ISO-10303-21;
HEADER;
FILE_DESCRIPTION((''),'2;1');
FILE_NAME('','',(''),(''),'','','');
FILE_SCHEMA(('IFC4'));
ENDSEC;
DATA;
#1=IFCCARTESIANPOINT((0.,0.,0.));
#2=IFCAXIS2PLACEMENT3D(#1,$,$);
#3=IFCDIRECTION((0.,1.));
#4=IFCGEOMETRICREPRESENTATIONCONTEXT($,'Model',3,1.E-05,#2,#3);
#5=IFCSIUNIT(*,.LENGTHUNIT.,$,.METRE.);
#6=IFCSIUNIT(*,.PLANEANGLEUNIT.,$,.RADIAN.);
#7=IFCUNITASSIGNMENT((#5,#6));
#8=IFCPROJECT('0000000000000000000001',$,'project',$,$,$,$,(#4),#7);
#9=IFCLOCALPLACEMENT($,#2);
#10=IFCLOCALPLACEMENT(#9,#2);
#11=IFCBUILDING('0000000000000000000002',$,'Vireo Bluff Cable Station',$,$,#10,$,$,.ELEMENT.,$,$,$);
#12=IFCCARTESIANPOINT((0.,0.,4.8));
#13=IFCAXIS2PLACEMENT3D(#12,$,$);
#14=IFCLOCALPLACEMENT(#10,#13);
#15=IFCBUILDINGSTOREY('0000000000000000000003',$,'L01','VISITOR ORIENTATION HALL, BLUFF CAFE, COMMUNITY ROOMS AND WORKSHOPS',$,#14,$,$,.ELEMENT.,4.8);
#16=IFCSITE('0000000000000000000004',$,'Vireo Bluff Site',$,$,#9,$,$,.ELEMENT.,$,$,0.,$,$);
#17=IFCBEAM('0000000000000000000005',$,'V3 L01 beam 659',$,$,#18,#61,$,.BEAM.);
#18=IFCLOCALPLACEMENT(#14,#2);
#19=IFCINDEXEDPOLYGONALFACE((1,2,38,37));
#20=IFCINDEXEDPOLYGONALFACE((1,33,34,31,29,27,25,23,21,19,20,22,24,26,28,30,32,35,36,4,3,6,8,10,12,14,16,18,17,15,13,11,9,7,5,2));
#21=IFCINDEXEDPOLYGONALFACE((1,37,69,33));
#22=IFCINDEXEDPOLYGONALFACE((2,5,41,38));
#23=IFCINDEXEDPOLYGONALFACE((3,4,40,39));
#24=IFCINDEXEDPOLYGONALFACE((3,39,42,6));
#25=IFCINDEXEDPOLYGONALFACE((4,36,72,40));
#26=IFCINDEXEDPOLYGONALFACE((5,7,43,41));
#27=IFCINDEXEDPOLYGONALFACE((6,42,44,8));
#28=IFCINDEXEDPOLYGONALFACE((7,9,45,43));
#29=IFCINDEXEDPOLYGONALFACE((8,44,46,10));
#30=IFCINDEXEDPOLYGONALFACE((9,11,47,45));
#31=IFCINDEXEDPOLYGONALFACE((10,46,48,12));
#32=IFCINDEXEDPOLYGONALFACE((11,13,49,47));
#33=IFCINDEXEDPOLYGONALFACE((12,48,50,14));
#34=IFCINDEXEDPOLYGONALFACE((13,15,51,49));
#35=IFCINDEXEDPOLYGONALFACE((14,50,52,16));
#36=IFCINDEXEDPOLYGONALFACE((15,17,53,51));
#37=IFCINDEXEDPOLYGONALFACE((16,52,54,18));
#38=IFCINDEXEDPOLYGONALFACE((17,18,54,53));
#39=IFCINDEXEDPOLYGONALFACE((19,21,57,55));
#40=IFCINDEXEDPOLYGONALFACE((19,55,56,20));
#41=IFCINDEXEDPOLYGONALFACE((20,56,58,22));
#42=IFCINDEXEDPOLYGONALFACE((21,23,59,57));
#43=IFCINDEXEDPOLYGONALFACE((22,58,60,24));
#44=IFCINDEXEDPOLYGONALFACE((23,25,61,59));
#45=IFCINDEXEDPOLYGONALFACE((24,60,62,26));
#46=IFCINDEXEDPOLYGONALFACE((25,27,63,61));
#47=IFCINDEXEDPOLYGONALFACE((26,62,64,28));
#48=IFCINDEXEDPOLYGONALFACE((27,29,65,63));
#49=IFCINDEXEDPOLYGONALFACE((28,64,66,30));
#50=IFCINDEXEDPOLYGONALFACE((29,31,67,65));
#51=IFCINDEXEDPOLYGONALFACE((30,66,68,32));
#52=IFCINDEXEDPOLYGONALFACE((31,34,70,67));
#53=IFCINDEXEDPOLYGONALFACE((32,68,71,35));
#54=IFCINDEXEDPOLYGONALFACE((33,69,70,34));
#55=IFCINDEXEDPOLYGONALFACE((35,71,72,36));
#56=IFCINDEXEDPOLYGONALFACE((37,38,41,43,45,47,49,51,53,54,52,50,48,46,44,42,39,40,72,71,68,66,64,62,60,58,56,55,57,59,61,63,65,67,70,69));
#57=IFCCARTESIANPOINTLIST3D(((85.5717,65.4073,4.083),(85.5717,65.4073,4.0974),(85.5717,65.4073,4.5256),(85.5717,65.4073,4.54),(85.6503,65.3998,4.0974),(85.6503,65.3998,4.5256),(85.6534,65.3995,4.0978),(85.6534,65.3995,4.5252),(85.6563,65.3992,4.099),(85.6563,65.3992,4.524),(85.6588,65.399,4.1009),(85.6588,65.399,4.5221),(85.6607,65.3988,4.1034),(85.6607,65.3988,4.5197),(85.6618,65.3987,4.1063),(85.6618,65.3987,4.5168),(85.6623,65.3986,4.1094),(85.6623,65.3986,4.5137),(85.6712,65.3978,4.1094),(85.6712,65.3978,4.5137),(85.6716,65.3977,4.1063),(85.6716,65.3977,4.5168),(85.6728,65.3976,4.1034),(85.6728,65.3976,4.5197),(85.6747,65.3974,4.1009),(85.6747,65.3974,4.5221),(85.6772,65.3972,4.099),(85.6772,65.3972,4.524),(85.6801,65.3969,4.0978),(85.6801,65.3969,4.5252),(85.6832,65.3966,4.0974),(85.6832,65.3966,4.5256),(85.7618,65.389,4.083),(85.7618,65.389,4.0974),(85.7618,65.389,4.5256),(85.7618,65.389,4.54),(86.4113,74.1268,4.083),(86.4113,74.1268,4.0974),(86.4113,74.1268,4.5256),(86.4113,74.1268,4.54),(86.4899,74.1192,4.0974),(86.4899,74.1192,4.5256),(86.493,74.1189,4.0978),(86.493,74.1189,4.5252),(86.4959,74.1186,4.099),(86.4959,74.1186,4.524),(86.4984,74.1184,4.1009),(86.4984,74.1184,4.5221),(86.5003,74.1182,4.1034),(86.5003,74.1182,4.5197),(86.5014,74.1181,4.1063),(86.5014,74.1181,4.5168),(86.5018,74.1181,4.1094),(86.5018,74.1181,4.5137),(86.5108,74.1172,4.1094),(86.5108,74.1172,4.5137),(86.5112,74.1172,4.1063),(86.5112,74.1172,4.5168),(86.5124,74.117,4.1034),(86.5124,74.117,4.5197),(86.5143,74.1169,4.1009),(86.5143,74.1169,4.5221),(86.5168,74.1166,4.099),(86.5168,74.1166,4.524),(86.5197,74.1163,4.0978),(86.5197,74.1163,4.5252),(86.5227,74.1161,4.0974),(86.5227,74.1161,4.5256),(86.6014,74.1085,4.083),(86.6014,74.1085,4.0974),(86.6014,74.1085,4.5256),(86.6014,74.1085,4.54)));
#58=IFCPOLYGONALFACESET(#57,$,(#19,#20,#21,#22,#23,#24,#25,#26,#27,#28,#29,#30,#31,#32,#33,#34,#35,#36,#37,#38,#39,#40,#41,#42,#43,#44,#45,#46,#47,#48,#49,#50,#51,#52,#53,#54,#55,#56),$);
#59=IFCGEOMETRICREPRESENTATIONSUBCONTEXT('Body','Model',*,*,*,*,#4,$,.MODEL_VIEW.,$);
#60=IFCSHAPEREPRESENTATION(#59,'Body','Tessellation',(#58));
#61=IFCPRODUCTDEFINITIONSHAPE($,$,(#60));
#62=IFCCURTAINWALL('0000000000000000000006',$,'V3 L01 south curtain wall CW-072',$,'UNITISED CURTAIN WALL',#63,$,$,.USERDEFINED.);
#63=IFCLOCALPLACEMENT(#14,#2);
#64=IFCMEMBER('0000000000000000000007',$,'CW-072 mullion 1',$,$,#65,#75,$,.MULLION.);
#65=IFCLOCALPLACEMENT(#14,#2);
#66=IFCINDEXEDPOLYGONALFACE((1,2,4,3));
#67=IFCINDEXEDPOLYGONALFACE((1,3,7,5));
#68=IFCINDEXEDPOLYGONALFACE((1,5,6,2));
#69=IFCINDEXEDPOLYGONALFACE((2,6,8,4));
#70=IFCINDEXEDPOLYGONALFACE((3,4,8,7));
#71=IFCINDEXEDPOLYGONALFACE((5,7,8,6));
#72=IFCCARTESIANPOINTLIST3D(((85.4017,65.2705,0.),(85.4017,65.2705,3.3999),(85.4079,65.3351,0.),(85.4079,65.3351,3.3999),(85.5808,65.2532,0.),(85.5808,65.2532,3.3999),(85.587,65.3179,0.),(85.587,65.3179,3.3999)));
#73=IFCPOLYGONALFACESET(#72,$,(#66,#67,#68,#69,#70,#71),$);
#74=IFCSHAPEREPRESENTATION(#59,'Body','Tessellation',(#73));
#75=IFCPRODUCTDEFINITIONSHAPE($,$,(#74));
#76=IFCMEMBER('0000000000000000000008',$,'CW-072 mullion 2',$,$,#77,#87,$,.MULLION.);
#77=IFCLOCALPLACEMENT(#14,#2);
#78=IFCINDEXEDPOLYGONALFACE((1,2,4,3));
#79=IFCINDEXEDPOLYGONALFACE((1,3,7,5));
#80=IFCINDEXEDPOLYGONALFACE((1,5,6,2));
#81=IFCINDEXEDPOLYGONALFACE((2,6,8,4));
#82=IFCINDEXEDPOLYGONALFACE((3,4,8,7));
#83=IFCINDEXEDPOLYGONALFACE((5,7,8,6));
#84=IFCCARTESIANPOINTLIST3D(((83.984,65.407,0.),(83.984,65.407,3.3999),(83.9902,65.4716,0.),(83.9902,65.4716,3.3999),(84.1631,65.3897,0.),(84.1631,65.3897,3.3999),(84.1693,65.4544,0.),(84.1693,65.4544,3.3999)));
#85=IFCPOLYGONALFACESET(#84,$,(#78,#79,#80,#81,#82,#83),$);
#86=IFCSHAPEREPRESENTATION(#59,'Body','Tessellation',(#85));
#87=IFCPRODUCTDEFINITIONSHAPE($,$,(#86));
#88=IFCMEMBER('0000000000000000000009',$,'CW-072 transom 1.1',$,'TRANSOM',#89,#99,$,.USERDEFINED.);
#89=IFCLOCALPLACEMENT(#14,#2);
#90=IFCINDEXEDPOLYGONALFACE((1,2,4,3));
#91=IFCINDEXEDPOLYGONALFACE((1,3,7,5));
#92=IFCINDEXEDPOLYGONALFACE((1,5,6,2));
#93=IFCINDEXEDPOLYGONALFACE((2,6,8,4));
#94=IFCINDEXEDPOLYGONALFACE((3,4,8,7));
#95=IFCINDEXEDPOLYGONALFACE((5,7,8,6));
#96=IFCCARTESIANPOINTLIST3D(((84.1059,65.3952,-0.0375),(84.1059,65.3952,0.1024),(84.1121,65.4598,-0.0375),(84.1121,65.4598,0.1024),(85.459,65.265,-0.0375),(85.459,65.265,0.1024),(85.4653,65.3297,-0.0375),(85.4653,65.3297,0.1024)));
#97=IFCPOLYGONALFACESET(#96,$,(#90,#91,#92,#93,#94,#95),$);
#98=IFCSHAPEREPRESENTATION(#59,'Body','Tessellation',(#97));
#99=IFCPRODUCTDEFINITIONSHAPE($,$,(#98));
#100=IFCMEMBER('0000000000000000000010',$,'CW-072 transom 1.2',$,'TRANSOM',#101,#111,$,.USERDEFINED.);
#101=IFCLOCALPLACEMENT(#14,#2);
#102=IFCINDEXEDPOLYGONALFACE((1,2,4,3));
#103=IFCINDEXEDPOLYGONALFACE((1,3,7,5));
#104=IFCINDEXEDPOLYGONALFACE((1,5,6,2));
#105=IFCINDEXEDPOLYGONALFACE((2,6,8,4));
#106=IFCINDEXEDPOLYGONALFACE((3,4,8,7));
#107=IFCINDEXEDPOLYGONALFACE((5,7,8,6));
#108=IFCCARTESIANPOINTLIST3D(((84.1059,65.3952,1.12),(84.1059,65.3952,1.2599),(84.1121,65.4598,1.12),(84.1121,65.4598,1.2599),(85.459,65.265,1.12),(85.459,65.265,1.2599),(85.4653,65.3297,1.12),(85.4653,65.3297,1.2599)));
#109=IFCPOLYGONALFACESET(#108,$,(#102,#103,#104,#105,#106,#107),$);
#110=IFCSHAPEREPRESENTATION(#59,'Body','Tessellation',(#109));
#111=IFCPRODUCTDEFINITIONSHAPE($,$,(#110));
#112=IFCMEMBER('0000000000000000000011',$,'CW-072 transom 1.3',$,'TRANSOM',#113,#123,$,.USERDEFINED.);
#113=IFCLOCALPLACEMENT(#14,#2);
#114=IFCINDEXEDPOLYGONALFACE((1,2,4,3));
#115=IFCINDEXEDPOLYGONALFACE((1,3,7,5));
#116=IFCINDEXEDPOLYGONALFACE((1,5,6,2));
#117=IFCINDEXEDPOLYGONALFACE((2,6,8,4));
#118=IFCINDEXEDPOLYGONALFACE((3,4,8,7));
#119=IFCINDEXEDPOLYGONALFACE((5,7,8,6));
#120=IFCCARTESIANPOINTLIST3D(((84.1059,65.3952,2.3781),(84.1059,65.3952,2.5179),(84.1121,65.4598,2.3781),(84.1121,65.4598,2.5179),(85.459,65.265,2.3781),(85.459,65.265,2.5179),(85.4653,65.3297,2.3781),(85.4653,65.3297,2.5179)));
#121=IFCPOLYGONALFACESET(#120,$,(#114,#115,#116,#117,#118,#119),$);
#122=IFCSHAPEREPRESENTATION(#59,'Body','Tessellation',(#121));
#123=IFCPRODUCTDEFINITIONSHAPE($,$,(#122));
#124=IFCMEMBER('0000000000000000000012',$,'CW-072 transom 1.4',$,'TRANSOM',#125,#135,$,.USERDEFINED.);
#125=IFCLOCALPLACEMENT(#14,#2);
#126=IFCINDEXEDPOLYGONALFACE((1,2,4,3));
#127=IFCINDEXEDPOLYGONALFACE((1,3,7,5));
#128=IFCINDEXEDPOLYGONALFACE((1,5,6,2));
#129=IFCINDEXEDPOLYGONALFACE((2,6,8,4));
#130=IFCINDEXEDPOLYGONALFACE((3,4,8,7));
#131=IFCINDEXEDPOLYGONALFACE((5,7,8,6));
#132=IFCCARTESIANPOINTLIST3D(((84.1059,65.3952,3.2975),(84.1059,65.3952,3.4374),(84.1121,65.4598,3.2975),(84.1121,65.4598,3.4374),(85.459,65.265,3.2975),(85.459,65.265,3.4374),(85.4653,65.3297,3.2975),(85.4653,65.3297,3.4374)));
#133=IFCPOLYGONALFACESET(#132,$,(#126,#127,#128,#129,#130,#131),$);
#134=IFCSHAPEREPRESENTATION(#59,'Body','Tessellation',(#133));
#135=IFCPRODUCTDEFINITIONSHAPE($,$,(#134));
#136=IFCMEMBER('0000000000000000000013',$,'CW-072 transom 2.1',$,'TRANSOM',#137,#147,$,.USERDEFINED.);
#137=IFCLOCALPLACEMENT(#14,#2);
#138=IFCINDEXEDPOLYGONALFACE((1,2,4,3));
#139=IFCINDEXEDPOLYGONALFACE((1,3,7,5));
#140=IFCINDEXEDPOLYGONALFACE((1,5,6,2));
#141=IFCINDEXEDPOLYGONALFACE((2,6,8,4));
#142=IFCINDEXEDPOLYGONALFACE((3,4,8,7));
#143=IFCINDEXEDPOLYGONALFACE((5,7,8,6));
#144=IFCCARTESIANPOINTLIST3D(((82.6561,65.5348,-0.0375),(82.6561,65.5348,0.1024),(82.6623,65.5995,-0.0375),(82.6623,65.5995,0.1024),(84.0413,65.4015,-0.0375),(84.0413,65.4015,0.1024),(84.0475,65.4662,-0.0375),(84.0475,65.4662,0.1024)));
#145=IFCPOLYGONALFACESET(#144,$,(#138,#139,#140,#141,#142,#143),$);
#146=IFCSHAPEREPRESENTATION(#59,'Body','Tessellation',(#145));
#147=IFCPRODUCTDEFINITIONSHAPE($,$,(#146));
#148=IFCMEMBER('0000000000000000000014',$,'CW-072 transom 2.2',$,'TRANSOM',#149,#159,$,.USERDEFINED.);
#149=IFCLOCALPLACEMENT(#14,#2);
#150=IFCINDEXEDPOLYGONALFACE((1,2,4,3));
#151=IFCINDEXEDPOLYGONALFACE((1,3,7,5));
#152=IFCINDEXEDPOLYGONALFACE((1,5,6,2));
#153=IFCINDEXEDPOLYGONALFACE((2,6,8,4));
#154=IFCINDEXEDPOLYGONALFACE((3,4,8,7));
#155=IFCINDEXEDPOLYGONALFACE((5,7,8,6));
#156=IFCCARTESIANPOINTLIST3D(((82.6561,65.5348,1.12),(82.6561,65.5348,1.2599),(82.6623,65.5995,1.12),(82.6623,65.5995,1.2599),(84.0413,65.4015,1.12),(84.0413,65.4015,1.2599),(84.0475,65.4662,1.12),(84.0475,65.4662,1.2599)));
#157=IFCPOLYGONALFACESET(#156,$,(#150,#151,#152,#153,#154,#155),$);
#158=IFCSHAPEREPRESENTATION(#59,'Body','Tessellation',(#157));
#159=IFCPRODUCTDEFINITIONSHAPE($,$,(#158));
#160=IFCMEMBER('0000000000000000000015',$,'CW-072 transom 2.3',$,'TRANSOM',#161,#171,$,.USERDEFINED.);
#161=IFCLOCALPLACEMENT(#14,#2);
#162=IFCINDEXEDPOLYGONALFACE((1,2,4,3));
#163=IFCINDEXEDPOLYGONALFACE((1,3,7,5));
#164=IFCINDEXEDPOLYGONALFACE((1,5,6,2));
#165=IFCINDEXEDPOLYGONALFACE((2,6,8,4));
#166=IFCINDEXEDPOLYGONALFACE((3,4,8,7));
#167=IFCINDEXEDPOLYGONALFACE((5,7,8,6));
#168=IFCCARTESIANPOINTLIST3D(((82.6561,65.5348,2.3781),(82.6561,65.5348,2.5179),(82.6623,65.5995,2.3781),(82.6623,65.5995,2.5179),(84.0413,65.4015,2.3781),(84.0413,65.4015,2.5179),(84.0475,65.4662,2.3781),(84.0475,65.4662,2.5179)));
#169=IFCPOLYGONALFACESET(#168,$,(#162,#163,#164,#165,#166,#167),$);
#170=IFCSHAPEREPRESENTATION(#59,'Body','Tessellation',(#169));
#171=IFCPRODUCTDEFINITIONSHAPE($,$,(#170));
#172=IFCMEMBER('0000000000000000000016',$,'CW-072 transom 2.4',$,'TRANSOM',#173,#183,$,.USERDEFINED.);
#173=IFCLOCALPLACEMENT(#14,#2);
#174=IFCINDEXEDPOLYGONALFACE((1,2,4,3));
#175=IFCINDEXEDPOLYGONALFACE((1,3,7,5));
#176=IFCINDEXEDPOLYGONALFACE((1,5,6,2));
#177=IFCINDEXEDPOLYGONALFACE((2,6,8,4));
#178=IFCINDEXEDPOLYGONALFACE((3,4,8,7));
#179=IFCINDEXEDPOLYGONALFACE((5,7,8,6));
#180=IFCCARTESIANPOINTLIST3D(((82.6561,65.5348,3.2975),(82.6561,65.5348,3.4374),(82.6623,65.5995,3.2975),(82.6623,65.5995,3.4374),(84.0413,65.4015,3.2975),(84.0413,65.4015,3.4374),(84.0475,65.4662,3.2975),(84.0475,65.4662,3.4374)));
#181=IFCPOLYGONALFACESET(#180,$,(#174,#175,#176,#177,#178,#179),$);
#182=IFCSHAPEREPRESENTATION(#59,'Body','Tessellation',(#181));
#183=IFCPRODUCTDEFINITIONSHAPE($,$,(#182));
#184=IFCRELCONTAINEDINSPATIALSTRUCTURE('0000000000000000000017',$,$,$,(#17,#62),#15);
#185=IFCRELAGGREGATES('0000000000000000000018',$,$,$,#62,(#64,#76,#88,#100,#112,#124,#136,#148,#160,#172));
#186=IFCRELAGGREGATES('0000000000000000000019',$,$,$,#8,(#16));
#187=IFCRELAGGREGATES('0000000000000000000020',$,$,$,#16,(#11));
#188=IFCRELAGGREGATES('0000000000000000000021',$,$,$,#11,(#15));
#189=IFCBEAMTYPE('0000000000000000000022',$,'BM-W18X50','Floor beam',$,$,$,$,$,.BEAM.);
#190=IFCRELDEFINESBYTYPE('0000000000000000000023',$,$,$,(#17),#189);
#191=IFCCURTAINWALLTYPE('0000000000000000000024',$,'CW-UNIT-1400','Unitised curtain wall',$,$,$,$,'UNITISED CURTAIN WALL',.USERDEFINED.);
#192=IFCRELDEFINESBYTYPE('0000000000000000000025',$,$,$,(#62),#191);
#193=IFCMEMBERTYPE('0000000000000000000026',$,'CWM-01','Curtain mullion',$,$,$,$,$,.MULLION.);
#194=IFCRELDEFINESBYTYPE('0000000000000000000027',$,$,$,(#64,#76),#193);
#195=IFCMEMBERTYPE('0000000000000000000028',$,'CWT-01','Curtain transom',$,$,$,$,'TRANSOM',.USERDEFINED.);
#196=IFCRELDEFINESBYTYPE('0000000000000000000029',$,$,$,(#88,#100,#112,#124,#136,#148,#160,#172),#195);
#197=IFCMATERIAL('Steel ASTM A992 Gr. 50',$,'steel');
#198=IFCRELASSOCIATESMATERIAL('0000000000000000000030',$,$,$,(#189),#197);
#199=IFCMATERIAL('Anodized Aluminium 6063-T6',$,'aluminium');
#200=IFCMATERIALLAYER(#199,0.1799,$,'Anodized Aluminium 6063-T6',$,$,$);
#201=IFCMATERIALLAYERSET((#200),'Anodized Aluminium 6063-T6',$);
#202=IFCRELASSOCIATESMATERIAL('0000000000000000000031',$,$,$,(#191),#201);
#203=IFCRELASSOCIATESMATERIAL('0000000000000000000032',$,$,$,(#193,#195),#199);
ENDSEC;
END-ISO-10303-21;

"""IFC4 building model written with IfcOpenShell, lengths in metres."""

from ifc_helpers import new_model, si_unit, direction, frame, origin, origin_2d, place, context, subcontext, project, spatial, rectangle, i_section, extrude, material, layer, layer_set, material_profile, profile_set, type_object, element, aggregate, save


model = new_model("IFC4")

# Units and contexts
model_context = context("Model", 3, precision=1e-05, world=origin(), true_north=direction((0.0, 1.0)))
body_context = subcontext(model_context, "Body", "Model", "MODEL_VIEW")
ifc_project = project(units=[si_unit("LENGTHUNIT", "METRE"), si_unit("PLANEANGLEUNIT", "RADIAN")], contexts=[model_context])

# Site, building, storey
site_placement = place(None, origin())
site = spatial("IfcSite", under=ifc_project, at=site_placement, Name="Vireo Bluff Site", CompositionType="ELEMENT", RefElevation=0.0)
building_placement = place(site_placement, origin())
building = spatial("IfcBuilding", under=site, at=building_placement, Name="Vireo Bluff Cable Station", CompositionType="ELEMENT")
storey_placement = place(building_placement, frame((0.0, 0.0, 4.8)))
storey = spatial("IfcBuildingStorey", under=building, at=storey_placement, Name="L01", Description="VISITOR ORIENTATION HALL, BLUFF CAFE, COMMUNITY ROOMS AND WORKSHOPS", CompositionType="ELEMENT", Elevation=4.8)

# Shared definitions
ifc_material_1 = material(Name="Steel ASTM A992 Gr. 50", Category="steel")

# Beam
ifc_material_profile_1 = material_profile(ifc_material_1, i_section(OverallWidth=0.1909, OverallDepth=0.457, WebThickness=0.009, FlangeThickness=0.0144, FilletRadius=0.012, at=origin_2d()), Name="W18X50")
ifc_profile_set_1 = profile_set([ifc_material_profile_1], Name="Steel ASTM A992 Gr. 50")
beam_type_1 = type_object("IfcBeamType", Name="BM-W18X50", Description="Floor beam", PredefinedType="BEAM", material=ifc_profile_set_1)
beam_1_placement = place(storey_placement, frame((85.6667, 65.3982, 4.3115), z_axis=(0.095847, 0.995396, 0.0), x_axis=(-0.995396, 0.095847, 0.0)))
element("IfcBeam", 1, at=beam_1_placement, inside=storey, type_object=beam_type_1, Name="V3 L01 beam 659", PredefinedType="BEAM", context=body_context, shape_type="SweptSolid", body=[
    extrude(i_section(OverallWidth=0.1909, OverallDepth=0.457, WebThickness=0.009, FlangeThickness=0.0144, FilletRadius=0.012, at=origin_2d()), origin(), (0.0, 0.0, 1.0), 8.7598),
])

# Curtain wall, members
ifc_material_2 = material(Name="Anodized Aluminium 6063-T6", Category="aluminium")
ifc_layer_1 = layer(ifc_material_2, 0.1799, Name="Anodized Aluminium 6063-T6")
ifc_layer_set_1 = layer_set([ifc_layer_1], Name="Anodized Aluminium 6063-T6")
curtain_wall_type_1 = type_object("IfcCurtainWallType", Name="CW-UNIT-1400", Description="Unitised curtain wall", ElementType="UNITISED CURTAIN WALL", PredefinedType="USERDEFINED", material=ifc_layer_set_1)
curtain_wall_1_placement = place(storey_placement, origin())
curtain_wall_1 = element("IfcCurtainWall", 2, at=curtain_wall_1_placement, inside=storey, type_object=curtain_wall_type_1, Name="V3 L01 south curtain wall CW-072", ObjectType="UNITISED CURTAIN WALL", PredefinedType="USERDEFINED")
ifc_material_profile_2 = material_profile(ifc_material_2, rectangle(XDim=0.0649, YDim=0.1799, at=origin_2d()), Name="ALU-M-65X180")
ifc_profile_set_2 = profile_set([ifc_material_profile_2], Name="Anodized Aluminium 6063-T6")
member_type_1 = type_object("IfcMemberType", Name="CWM-01", Description="Curtain mullion", PredefinedType="MULLION", material=ifc_profile_set_2)
member_1_placement = place(storey_placement, frame((85.4944, 65.2942, 0.0), z_axis=(0.0, 0.0, 1.0), x_axis=(-0.095846, -0.995396, 0.0)))
member_1 = element("IfcMember", 3, at=member_1_placement, type_object=member_type_1, Name="CW-072 mullion 1", PredefinedType="MULLION", context=body_context, shape_type="SweptSolid", body=[
    extrude(rectangle(XDim=0.0649, YDim=0.1799, at=origin_2d()), origin(), (0.0, 0.0, 1.0), 3.3999),
])
member_2_placement = place(storey_placement, frame((84.0767, 65.4307, 0.0), z_axis=(0.0, 0.0, 1.0), x_axis=(-0.095846, -0.995396, 0.0)))
member_2 = element("IfcMember", 4, at=member_2_placement, type_object=member_type_1, Name="CW-072 mullion 2", PredefinedType="MULLION", context=body_context, shape_type="SweptSolid", body=[
    extrude(rectangle(XDim=0.0649, YDim=0.1799, at=origin_2d()), origin(), (0.0, 0.0, 1.0), 3.3999),
])
ifc_material_profile_3 = material_profile(ifc_material_2, rectangle(XDim=0.0649, YDim=0.1399, at=origin_2d()), Name="ALU-T-65X140")
ifc_profile_set_3 = profile_set([ifc_material_profile_3], Name="Anodized Aluminium 6063-T6")
member_type_2 = type_object("IfcMemberType", Name="CWT-01", Description="Curtain transom", ElementType="TRANSOM", PredefinedType="USERDEFINED", material=ifc_profile_set_3)
member_3_placement = place(storey_placement, frame((85.4622, 65.2974, 0.0325), z_axis=(-0.995407, 0.095733, 0.0), x_axis=(-0.095733, -0.995407, 0.0)))
member_3 = element("IfcMember", 5, at=member_3_placement, type_object=member_type_2, Name="CW-072 transom 1.1", ObjectType="TRANSOM", PredefinedType="USERDEFINED", context=body_context, shape_type="SweptSolid", body=[
    extrude(rectangle(XDim=0.0649, YDim=0.1399, at=origin_2d()), origin(), (0.0, 0.0, 1.0), 1.3594),
])
member_4_placement = place(storey_placement, frame((85.4622, 65.2974, 1.1899), z_axis=(-0.995407, 0.095733, 0.0), x_axis=(-0.095733, -0.995407, 0.0)))
member_4 = element("IfcMember", 6, at=member_4_placement, type_object=member_type_2, Name="CW-072 transom 1.2", ObjectType="TRANSOM", PredefinedType="USERDEFINED", context=body_context, shape_type="SweptSolid", body=[
    extrude(rectangle(XDim=0.0649, YDim=0.1399, at=origin_2d()), origin(), (0.0, 0.0, 1.0), 1.3594),
])
member_5_placement = place(storey_placement, frame((85.4622, 65.2974, 2.448), z_axis=(-0.995407, 0.095733, 0.0), x_axis=(-0.095733, -0.995407, 0.0)))
member_5 = element("IfcMember", 7, at=member_5_placement, type_object=member_type_2, Name="CW-072 transom 1.3", ObjectType="TRANSOM", PredefinedType="USERDEFINED", context=body_context, shape_type="SweptSolid", body=[
    extrude(rectangle(XDim=0.0649, YDim=0.1399, at=origin_2d()), origin(), (0.0, 0.0, 1.0), 1.3594),
])
member_6_placement = place(storey_placement, frame((85.4622, 65.2974, 3.3674), z_axis=(-0.995407, 0.095733, 0.0), x_axis=(-0.095733, -0.995407, 0.0)))
member_6 = element("IfcMember", 8, at=member_6_placement, type_object=member_type_2, Name="CW-072 transom 1.4", ObjectType="TRANSOM", PredefinedType="USERDEFINED", context=body_context, shape_type="SweptSolid", body=[
    extrude(rectangle(XDim=0.0649, YDim=0.1399, at=origin_2d()), origin(), (0.0, 0.0, 1.0), 1.3594),
])
member_7_placement = place(storey_placement, frame((84.0444, 65.4338, 0.0325), z_axis=(-0.995402, 0.095786, 0.0), x_axis=(-0.095786, -0.995402, 0.0)))
member_7 = element("IfcMember", 9, at=member_7_placement, type_object=member_type_2, Name="CW-072 transom 2.1", ObjectType="TRANSOM", PredefinedType="USERDEFINED", context=body_context, shape_type="SweptSolid", body=[
    extrude(rectangle(XDim=0.0649, YDim=0.1399, at=origin_2d()), origin(), (0.0, 0.0, 1.0), 1.3916),
])
member_8_placement = place(storey_placement, frame((84.0444, 65.4338, 1.1899), z_axis=(-0.995402, 0.095786, 0.0), x_axis=(-0.095786, -0.995402, 0.0)))
member_8 = element("IfcMember", 10, at=member_8_placement, type_object=member_type_2, Name="CW-072 transom 2.2", ObjectType="TRANSOM", PredefinedType="USERDEFINED", context=body_context, shape_type="SweptSolid", body=[
    extrude(rectangle(XDim=0.0649, YDim=0.1399, at=origin_2d()), origin(), (0.0, 0.0, 1.0), 1.3916),
])
member_9_placement = place(storey_placement, frame((84.0444, 65.4338, 2.448), z_axis=(-0.995402, 0.095786, 0.0), x_axis=(-0.095786, -0.995402, 0.0)))
member_9 = element("IfcMember", 11, at=member_9_placement, type_object=member_type_2, Name="CW-072 transom 2.3", ObjectType="TRANSOM", PredefinedType="USERDEFINED", context=body_context, shape_type="SweptSolid", body=[
    extrude(rectangle(XDim=0.0649, YDim=0.1399, at=origin_2d()), origin(), (0.0, 0.0, 1.0), 1.3916),
])
member_10_placement = place(storey_placement, frame((84.0444, 65.4338, 3.3674), z_axis=(-0.995402, 0.095786, 0.0), x_axis=(-0.095786, -0.995402, 0.0)))
member_10 = element("IfcMember", 12, at=member_10_placement, type_object=member_type_2, Name="CW-072 transom 2.4", ObjectType="TRANSOM", PredefinedType="USERDEFINED", context=body_context, shape_type="SweptSolid", body=[
    extrude(rectangle(XDim=0.0649, YDim=0.1399, at=origin_2d()), origin(), (0.0, 0.0, 1.0), 1.3916),
])

aggregate(curtain_wall_1, [member_1, member_2, member_3, member_4, member_5, member_6, member_7, member_8, member_9, member_10])

save(model, "model.ifc")
